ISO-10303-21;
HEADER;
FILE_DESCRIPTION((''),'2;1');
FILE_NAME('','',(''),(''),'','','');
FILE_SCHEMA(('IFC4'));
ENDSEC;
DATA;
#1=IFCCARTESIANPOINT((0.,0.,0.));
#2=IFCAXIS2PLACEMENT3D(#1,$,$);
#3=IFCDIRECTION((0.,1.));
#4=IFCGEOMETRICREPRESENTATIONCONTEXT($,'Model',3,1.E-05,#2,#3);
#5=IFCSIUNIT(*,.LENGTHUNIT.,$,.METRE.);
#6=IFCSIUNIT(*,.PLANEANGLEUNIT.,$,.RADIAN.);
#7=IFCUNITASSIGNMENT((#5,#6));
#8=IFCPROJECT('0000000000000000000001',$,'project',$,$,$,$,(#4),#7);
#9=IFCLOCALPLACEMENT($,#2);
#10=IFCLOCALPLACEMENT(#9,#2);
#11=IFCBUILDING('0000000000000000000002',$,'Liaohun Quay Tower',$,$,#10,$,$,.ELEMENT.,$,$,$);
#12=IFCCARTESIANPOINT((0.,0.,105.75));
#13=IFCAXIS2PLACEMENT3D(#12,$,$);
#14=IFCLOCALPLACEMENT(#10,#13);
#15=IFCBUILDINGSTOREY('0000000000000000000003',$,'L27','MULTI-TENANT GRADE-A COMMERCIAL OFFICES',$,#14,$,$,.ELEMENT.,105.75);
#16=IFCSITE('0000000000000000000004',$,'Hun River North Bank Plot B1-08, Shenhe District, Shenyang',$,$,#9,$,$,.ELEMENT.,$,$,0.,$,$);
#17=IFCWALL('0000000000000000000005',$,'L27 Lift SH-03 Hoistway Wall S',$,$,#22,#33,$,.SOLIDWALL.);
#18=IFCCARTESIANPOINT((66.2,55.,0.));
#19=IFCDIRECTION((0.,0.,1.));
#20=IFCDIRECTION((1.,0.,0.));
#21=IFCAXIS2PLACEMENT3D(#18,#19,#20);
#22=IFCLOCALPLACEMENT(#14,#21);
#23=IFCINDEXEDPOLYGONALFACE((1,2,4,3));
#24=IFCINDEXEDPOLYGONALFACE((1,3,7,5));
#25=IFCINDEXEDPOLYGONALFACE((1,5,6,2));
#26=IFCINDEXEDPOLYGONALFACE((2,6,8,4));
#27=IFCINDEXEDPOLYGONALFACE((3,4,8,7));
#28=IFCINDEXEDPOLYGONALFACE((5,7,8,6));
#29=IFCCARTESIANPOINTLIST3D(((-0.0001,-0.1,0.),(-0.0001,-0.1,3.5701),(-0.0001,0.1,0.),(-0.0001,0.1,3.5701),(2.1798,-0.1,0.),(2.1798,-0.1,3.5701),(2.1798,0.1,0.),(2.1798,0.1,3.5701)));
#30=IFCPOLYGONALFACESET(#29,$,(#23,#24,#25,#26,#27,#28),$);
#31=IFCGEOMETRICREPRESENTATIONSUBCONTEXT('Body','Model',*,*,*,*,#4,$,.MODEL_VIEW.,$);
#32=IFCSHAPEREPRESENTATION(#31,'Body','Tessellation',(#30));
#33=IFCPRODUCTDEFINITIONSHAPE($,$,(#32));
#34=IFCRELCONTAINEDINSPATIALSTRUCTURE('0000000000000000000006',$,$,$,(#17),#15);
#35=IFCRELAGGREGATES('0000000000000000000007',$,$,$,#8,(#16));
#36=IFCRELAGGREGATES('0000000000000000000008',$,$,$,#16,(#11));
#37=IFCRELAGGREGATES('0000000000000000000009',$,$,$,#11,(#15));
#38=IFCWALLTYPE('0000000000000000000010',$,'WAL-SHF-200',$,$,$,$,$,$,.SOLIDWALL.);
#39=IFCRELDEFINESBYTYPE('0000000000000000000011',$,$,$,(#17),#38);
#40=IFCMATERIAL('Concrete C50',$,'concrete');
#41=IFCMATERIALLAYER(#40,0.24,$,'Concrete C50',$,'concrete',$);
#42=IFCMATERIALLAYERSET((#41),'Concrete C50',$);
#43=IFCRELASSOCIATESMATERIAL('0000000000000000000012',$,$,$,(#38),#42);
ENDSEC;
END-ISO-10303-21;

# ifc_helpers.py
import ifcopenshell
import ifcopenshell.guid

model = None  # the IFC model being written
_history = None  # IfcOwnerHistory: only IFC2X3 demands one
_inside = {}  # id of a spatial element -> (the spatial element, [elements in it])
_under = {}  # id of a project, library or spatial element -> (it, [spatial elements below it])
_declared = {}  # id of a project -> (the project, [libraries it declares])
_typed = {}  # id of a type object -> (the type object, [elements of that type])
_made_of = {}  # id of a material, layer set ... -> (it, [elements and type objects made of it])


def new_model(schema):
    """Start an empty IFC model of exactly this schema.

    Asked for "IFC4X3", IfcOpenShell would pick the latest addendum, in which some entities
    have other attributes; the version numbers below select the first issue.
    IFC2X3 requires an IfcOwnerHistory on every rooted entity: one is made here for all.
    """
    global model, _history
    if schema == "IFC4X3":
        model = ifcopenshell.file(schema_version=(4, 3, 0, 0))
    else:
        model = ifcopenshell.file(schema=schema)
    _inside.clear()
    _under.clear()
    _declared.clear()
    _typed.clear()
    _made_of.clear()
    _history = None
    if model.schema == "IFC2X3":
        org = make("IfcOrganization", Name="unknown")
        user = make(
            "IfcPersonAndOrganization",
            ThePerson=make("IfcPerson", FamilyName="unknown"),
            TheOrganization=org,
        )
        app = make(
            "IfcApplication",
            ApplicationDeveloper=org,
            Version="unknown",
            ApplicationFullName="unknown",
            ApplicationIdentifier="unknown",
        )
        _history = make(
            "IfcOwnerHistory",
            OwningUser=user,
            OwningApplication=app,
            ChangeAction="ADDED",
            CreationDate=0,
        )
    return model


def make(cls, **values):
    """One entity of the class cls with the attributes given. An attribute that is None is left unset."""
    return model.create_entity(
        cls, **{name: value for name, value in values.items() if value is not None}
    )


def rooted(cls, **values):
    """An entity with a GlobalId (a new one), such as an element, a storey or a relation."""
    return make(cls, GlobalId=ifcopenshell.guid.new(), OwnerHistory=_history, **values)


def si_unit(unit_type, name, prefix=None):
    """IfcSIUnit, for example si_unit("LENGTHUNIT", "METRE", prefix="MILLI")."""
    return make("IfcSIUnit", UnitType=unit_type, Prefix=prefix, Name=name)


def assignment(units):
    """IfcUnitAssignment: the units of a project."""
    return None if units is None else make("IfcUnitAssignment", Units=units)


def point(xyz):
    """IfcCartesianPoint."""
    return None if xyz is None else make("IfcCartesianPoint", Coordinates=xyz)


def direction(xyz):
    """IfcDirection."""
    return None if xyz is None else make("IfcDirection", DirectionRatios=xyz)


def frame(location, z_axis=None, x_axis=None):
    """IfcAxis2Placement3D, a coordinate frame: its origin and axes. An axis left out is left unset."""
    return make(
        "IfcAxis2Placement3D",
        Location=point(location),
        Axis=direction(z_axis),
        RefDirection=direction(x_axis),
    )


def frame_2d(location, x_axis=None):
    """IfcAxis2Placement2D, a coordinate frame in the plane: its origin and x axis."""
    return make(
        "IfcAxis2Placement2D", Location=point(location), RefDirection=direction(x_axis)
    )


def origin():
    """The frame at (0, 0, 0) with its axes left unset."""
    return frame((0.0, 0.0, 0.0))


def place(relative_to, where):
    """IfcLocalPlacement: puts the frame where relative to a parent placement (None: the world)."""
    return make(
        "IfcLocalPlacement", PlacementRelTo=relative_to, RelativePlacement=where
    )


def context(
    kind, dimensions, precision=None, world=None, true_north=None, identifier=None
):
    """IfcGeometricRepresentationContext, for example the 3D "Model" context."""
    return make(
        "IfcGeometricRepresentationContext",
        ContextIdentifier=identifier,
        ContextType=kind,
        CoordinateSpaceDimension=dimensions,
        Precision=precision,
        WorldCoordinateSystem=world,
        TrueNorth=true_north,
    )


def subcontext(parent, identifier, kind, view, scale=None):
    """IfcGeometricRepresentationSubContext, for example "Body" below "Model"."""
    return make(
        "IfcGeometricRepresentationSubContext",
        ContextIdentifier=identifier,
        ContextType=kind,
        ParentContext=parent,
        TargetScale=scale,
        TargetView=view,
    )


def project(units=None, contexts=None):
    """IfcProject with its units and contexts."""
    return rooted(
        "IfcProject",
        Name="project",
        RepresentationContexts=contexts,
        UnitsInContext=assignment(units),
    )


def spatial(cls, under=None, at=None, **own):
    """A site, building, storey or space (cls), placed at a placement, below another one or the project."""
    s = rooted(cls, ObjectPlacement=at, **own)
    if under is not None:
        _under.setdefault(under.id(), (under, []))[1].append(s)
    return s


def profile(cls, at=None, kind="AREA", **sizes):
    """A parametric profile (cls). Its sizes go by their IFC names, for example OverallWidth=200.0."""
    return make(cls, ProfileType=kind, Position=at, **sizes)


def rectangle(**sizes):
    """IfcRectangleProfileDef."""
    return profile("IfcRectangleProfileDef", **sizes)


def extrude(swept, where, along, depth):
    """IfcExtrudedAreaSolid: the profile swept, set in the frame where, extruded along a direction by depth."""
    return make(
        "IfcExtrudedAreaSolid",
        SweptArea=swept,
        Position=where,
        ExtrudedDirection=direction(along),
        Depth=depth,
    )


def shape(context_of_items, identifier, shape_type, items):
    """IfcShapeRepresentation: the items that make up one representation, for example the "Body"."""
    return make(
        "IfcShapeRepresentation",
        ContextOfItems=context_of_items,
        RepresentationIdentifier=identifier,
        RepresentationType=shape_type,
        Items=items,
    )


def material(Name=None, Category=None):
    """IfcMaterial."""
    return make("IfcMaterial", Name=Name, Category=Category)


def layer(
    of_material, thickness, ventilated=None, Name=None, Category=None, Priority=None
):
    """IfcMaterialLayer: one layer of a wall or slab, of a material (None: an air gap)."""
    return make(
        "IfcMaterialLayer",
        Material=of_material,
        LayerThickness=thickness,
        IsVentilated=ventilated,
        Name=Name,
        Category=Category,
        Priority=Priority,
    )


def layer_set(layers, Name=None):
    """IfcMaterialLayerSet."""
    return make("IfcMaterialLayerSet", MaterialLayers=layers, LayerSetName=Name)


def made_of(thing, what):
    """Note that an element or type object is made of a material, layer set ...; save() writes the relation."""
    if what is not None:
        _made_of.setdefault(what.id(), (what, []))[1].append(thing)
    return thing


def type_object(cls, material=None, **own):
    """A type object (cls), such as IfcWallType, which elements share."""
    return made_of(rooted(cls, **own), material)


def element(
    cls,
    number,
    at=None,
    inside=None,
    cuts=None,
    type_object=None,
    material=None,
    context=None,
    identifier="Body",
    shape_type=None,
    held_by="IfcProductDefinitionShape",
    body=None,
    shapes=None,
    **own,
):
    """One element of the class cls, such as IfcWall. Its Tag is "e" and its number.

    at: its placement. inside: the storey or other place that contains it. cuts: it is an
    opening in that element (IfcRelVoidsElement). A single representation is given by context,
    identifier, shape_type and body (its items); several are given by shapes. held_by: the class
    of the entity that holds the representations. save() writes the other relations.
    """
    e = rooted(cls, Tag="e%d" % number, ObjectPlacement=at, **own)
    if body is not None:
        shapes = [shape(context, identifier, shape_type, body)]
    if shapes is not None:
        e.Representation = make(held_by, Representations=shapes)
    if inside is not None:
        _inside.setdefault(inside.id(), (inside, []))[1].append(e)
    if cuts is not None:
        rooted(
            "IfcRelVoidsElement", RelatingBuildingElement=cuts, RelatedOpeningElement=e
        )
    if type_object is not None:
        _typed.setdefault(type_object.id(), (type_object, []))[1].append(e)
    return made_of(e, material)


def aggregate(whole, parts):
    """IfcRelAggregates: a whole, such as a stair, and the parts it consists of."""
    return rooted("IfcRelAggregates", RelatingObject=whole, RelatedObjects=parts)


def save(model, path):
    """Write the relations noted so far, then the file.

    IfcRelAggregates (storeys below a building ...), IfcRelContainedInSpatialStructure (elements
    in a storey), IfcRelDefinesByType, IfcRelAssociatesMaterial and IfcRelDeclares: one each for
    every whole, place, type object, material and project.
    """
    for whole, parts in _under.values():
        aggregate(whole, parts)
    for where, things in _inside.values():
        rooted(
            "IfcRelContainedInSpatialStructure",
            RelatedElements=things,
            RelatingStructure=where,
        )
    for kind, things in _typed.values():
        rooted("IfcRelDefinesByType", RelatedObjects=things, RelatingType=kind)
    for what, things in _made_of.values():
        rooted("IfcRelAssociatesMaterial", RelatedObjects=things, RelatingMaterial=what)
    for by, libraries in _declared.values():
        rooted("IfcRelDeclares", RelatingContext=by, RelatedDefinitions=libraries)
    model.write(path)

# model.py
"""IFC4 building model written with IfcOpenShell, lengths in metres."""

from ifc_helpers import new_model, si_unit, direction, frame, frame_2d, origin, place, context, subcontext, project, spatial, rectangle, extrude, material, layer, layer_set, type_object, element, save


model = new_model("IFC4")

# Units and contexts
model_context = context("Model", 3, precision=1e-05, world=origin(), true_north=direction((0.0, 1.0)))
body_context = subcontext(model_context, "Body", "Model", "MODEL_VIEW")
ifc_project = project(units=[si_unit("LENGTHUNIT", "METRE"), si_unit("PLANEANGLEUNIT", "RADIAN")], contexts=[model_context])

# Site, building, storey
site_placement = place(None, origin())
site = spatial("IfcSite", under=ifc_project, at=site_placement, Name="Hun River North Bank Plot B1-08, Shenhe District, Shenyang", CompositionType="ELEMENT", RefElevation=0.0)
building_placement = place(site_placement, origin())
building = spatial("IfcBuilding", under=site, at=building_placement, Name="Liaohun Quay Tower", CompositionType="ELEMENT")
storey_placement = place(building_placement, frame((0.0, 0.0, 105.75)))
storey = spatial("IfcBuildingStorey", under=building, at=storey_placement, Name="L27", Description="MULTI-TENANT GRADE-A COMMERCIAL OFFICES", CompositionType="ELEMENT", Elevation=105.75)

# Shared definitions
ifc_material_1 = material(Name="Concrete C50", Category="concrete")
ifc_layer_1 = layer(ifc_material_1, 0.24, Name="Concrete C50", Category="concrete")
ifc_layer_set_1 = layer_set([ifc_layer_1], Name="Concrete C50")
wall_type_1 = type_object("IfcWallType", Name="WAL-SHF-200", PredefinedType="SOLIDWALL", material=ifc_layer_set_1)

# Wall
wall_1_placement = place(storey_placement, frame((66.2, 55.0, 0.0), z_axis=(0.0, 0.0, 1.0), x_axis=(1.0, 0.0, 0.0)))
element("IfcWall", 1, at=wall_1_placement, inside=storey, type_object=wall_type_1, Name="L27 Lift SH-03 Hoistway Wall S", PredefinedType="SOLIDWALL", context=body_context, shape_type="SweptSolid", body=[
    extrude(rectangle(XDim=2.1799, YDim=0.2, at=frame_2d((1.0898, 0.0))), origin(), (0.0, 0.0, 1.0), 3.5701),
])

save(model, "model.ifc")
